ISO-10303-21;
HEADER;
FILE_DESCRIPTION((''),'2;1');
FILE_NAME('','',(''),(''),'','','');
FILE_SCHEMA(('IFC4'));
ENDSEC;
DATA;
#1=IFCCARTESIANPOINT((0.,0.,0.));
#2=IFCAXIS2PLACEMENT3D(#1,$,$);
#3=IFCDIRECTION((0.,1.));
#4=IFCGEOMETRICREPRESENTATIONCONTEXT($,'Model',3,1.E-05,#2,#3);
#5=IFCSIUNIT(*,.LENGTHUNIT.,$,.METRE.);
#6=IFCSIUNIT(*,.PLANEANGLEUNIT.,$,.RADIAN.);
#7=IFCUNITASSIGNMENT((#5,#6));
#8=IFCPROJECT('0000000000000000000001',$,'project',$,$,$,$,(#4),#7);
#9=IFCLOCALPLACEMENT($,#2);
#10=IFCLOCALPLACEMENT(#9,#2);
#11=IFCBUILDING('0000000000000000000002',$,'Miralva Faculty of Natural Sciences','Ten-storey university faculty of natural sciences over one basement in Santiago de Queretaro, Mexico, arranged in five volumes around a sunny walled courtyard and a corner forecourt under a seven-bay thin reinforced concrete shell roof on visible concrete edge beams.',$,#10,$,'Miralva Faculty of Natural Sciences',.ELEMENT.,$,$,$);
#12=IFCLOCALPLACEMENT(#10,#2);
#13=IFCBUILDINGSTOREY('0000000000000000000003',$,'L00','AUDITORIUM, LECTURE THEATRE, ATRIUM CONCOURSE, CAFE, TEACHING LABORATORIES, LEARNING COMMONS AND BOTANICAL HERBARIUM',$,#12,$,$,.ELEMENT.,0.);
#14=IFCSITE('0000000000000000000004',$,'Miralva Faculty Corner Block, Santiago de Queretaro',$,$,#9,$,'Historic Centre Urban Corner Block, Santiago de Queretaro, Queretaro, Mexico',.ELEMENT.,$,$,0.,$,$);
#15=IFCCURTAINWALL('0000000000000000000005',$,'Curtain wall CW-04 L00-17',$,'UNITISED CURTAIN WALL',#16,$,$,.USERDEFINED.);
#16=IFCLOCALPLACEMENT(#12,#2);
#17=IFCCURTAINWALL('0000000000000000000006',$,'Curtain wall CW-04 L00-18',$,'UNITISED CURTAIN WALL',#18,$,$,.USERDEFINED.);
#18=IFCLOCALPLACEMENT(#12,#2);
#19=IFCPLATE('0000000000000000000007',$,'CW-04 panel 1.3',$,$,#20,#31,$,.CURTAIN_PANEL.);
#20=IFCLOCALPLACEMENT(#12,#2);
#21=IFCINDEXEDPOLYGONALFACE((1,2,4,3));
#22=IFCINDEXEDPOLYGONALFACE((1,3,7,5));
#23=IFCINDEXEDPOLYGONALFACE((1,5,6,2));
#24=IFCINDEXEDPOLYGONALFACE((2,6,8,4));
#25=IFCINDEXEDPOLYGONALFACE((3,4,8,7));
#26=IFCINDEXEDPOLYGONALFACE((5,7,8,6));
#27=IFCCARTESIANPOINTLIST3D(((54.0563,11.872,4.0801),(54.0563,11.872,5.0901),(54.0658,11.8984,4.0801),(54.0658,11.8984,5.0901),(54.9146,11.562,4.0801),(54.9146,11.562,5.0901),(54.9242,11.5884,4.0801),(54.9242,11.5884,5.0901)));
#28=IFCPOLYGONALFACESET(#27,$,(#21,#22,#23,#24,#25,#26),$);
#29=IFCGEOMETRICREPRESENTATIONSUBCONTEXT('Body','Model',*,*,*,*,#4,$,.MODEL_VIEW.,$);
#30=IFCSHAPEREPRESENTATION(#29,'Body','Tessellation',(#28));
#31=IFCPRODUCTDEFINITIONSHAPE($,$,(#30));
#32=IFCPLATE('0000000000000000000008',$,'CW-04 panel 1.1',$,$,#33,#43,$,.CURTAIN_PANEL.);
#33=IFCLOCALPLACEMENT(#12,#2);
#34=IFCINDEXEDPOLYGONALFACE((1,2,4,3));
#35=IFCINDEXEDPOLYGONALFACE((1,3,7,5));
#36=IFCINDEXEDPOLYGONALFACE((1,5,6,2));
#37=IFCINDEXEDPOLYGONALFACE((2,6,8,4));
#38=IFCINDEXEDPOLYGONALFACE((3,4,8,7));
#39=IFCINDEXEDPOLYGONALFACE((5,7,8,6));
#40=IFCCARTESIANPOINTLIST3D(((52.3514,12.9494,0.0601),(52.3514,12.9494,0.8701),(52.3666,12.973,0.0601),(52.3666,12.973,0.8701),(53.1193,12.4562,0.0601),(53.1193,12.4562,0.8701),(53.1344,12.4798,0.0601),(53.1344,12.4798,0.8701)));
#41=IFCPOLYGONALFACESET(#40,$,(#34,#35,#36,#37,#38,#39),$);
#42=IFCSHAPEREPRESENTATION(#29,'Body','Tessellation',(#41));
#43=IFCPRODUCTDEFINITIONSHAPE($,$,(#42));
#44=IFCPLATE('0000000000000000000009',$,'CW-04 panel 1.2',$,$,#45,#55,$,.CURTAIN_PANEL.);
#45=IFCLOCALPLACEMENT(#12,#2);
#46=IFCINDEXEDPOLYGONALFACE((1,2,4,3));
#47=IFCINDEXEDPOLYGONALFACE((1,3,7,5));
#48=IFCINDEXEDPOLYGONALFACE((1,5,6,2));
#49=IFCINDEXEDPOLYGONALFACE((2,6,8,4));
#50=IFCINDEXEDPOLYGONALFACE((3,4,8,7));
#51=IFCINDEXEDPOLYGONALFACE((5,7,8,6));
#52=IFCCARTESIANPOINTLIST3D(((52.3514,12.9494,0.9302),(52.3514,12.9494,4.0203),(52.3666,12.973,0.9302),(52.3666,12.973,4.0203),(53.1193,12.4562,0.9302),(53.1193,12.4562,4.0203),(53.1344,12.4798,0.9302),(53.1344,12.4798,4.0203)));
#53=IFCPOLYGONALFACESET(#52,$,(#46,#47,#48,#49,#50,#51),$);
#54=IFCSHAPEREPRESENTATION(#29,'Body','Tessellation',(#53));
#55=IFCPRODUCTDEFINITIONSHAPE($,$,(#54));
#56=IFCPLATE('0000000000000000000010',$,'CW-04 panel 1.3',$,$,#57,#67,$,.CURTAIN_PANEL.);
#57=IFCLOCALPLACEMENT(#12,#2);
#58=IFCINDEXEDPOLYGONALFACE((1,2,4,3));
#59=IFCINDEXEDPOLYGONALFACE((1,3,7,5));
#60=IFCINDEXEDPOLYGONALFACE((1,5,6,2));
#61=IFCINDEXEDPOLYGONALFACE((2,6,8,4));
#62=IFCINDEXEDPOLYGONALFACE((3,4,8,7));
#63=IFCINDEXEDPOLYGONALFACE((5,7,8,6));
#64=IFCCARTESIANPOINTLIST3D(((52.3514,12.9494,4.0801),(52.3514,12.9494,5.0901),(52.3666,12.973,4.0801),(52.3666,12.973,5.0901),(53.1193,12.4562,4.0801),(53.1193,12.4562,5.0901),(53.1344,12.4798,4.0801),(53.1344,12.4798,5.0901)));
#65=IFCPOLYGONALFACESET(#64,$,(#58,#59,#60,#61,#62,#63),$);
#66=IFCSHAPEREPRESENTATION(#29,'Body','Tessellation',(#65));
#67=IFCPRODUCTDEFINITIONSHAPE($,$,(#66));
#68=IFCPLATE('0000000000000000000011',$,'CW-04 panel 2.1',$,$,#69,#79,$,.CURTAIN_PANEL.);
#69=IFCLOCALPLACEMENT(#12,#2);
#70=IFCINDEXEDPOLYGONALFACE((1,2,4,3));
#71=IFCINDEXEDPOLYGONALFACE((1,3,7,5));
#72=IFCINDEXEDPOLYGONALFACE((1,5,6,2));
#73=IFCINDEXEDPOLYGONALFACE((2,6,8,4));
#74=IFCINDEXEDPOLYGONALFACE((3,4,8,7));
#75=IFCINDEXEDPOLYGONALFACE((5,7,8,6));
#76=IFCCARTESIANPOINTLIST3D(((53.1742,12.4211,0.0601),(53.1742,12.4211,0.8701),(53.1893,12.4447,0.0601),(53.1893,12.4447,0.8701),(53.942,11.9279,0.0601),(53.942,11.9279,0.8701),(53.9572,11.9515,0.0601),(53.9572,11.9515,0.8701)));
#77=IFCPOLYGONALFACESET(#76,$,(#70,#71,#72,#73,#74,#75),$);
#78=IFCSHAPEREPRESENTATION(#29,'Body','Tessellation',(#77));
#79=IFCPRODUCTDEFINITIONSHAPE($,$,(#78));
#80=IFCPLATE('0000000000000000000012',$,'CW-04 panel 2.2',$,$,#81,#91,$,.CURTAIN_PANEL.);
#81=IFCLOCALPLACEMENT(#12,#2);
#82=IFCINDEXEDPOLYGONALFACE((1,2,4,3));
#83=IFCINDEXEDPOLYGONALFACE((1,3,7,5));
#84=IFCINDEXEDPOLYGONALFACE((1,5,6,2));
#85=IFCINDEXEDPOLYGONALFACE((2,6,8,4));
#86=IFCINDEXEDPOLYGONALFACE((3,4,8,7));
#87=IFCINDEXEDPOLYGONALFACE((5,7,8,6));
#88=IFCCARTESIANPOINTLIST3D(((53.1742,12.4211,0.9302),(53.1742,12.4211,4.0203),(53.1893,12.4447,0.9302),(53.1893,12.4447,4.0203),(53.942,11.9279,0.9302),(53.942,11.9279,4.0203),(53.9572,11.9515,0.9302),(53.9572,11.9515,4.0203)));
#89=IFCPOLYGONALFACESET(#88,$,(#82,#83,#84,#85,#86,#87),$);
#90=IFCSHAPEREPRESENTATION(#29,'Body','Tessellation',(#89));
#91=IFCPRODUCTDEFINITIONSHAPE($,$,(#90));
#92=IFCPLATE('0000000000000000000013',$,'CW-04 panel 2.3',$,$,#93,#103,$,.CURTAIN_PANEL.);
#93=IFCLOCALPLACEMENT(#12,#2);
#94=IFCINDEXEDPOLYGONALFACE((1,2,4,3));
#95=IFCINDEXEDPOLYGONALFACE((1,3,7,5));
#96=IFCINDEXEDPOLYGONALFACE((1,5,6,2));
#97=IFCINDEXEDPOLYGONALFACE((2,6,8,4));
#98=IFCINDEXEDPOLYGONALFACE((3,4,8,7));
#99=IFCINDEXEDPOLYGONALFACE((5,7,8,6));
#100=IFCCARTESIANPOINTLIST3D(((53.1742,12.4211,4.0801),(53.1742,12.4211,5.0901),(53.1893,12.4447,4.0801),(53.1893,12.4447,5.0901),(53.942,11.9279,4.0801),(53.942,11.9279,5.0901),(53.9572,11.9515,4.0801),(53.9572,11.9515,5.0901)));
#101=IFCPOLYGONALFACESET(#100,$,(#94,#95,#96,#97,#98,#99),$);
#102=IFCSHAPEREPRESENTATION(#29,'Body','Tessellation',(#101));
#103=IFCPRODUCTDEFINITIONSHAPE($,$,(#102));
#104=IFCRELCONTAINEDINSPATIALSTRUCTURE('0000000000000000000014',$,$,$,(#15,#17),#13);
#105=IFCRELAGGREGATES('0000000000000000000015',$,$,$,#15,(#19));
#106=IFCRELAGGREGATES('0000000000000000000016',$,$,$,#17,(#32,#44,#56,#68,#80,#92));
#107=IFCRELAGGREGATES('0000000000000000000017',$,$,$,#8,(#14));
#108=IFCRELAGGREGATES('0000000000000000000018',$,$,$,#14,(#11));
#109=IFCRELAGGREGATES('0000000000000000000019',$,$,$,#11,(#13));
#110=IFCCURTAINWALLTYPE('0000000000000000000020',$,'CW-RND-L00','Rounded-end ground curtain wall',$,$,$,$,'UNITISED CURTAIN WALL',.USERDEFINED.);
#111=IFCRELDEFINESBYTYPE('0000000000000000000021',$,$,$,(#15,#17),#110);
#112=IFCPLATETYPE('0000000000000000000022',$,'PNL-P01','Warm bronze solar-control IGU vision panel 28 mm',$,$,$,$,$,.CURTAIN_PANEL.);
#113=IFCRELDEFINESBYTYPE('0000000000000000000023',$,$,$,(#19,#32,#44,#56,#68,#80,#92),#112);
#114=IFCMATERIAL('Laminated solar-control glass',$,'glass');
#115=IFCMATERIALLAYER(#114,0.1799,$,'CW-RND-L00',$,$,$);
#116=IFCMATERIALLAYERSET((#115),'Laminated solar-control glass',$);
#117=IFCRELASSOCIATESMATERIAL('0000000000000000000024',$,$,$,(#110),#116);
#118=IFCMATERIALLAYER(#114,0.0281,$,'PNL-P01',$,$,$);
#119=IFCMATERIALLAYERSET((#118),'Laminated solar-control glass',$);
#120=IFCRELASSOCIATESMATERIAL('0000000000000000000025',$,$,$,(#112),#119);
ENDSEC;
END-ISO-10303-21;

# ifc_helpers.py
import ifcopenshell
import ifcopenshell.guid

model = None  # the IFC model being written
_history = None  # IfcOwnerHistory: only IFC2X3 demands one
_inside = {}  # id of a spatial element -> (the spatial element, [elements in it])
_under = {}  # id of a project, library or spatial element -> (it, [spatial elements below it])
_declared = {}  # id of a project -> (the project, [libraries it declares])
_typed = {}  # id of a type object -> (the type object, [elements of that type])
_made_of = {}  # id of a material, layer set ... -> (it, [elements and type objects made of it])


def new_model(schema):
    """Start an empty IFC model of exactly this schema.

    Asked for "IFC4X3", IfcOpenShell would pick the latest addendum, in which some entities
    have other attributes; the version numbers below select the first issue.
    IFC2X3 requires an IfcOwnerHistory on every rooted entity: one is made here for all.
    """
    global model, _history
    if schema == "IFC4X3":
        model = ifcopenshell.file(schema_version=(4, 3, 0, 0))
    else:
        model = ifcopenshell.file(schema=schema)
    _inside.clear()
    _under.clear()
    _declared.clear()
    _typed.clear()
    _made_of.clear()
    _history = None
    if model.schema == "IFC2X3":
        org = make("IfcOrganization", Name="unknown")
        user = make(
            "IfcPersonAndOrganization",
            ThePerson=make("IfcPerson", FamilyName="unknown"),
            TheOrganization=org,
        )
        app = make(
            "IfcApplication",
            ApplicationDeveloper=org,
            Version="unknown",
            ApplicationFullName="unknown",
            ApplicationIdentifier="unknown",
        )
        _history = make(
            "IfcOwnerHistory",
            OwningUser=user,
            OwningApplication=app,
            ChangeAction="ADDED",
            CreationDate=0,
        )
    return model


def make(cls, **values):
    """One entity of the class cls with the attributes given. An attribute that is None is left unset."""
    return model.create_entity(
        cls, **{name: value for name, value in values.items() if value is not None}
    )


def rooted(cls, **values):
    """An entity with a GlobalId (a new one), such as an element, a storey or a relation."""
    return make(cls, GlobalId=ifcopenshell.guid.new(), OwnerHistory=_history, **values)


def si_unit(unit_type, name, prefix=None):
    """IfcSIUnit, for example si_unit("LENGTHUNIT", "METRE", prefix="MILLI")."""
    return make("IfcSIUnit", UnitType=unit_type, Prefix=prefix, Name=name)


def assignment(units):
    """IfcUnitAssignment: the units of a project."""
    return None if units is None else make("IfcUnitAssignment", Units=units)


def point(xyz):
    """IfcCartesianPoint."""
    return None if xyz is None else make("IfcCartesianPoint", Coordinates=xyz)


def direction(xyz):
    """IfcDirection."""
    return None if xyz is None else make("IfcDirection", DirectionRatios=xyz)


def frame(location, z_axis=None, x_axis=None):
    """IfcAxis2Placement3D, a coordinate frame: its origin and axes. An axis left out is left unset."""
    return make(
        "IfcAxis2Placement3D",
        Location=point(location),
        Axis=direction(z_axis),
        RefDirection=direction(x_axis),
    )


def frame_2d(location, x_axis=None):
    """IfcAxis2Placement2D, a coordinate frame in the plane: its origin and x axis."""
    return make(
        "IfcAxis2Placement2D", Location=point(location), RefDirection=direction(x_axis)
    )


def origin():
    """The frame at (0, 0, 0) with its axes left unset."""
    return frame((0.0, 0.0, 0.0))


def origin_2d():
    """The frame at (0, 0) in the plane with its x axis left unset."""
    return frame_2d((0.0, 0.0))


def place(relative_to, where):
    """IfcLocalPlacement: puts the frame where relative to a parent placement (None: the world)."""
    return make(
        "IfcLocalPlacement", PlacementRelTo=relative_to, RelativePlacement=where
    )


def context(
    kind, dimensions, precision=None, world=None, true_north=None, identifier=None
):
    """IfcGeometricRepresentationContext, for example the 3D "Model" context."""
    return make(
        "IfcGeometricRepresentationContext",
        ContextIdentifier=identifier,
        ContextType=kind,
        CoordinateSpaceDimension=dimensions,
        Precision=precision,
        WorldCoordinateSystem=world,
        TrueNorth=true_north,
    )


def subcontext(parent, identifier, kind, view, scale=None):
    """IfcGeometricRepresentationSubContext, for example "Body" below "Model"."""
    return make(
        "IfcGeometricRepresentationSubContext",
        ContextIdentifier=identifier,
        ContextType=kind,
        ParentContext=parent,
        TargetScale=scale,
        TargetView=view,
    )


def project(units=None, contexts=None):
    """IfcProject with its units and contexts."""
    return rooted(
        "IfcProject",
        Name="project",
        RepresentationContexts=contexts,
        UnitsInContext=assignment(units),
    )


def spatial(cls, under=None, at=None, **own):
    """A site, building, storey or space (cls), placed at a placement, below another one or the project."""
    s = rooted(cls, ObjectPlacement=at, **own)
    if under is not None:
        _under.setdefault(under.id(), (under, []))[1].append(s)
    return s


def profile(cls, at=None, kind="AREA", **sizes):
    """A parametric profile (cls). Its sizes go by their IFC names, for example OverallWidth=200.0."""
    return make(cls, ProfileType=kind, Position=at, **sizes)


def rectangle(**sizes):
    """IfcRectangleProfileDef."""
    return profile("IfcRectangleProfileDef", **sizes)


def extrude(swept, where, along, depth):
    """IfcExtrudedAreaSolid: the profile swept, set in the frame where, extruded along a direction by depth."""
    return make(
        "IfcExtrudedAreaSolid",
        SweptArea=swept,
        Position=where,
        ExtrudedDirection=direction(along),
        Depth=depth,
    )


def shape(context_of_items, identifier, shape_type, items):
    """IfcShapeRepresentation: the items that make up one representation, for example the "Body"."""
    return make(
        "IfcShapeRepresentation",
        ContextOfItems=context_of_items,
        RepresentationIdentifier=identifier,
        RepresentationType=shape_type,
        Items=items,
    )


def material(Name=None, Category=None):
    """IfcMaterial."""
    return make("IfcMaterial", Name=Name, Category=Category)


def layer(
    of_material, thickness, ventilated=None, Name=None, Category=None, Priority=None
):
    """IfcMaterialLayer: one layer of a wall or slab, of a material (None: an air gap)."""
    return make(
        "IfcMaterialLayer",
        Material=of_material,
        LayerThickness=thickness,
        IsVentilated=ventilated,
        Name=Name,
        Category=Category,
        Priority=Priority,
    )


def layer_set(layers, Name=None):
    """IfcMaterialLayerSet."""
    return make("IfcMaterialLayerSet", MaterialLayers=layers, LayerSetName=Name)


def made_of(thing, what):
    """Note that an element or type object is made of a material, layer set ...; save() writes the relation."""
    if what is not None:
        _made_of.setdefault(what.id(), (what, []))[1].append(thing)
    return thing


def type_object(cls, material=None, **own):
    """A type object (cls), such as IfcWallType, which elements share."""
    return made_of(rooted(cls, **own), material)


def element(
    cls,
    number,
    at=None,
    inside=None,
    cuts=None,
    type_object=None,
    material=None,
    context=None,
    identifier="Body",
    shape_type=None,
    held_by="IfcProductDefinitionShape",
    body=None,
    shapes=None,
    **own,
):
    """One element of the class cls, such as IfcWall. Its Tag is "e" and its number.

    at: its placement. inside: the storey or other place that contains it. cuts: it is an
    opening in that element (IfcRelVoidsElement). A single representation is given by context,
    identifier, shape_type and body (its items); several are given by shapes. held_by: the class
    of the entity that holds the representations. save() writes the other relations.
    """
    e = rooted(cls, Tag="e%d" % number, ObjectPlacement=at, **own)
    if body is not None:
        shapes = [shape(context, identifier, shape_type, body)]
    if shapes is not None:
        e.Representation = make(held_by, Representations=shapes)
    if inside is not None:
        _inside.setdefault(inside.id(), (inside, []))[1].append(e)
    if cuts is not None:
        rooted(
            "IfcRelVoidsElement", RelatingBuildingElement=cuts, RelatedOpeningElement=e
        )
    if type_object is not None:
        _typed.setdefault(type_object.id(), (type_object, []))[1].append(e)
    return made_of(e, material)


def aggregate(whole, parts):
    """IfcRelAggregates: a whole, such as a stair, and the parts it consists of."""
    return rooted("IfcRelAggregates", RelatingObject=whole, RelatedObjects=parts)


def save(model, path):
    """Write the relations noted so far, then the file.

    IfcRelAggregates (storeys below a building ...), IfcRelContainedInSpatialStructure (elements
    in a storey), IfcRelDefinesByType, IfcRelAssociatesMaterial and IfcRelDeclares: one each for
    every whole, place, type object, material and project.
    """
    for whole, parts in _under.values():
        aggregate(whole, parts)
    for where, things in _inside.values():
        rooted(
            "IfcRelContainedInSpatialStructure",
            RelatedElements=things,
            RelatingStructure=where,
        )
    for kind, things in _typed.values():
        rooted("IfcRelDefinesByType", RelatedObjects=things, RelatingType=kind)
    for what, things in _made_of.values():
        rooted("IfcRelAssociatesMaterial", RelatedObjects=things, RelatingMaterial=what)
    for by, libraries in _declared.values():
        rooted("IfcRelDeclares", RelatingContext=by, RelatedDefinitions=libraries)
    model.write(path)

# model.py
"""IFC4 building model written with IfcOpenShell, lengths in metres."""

from ifc_helpers import new_model, si_unit, direction, frame, origin, origin_2d, place, context, subcontext, project, spatial, rectangle, extrude, material, layer, layer_set, type_object, element, aggregate, save


model = new_model("IFC4")

# Units and contexts
model_context = context("Model", 3, precision=1e-05, world=origin(), true_north=direction((0.0, 1.0)))
body_context = subcontext(model_context, "Body", "Model", "MODEL_VIEW")
ifc_project = project(units=[si_unit("LENGTHUNIT", "METRE"), si_unit("PLANEANGLEUNIT", "RADIAN")], contexts=[model_context])

# Site, building, storey
site_placement = place(None, origin())
site = spatial("IfcSite", under=ifc_project, at=site_placement, Name="Miralva Faculty Corner Block, Santiago de Queretaro", LongName="Historic Centre Urban Corner Block, Santiago de Queretaro, Queretaro, Mexico", CompositionType="ELEMENT", RefElevation=0.0)
building_placement = place(site_placement, origin())
building = spatial("IfcBuilding", under=site, at=building_placement, Name="Miralva Faculty of Natural Sciences", Description="Ten-storey university faculty of natural sciences over one basement in Santiago de Queretaro, Mexico, arranged in five volumes around a sunny walled courtyard and a corner forecourt under a seven-bay thin reinforced concrete shell roof on visible concrete edge beams.", LongName="Miralva Faculty of Natural Sciences", CompositionType="ELEMENT")
storey_placement = place(building_placement, origin())
storey = spatial("IfcBuildingStorey", under=building, at=storey_placement, Name="L00", Description="AUDITORIUM, LECTURE THEATRE, ATRIUM CONCOURSE, CAFE, TEACHING LABORATORIES, LEARNING COMMONS AND BOTANICAL HERBARIUM", CompositionType="ELEMENT", Elevation=0.0)

# Curtain walls
ifc_material_1 = material(Name="Laminated solar-control glass", Category="glass")
ifc_layer_1 = layer(ifc_material_1, 0.1799, Name="CW-RND-L00")
ifc_layer_set_1 = layer_set([ifc_layer_1], Name="Laminated solar-control glass")
curtain_wall_type = type_object("IfcCurtainWallType", Name="CW-RND-L00", Description="Rounded-end ground curtain wall", ElementType="UNITISED CURTAIN WALL", PredefinedType="USERDEFINED", material=ifc_layer_set_1)
curtain_wall_1_placement = place(storey_placement, origin())
curtain_wall_1 = element("IfcCurtainWall", 1, at=curtain_wall_1_placement, inside=storey, type_object=curtain_wall_type, Name="Curtain wall CW-04 L00-17", ObjectType="UNITISED CURTAIN WALL", PredefinedType="USERDEFINED")
curtain_wall_2_placement = place(storey_placement, origin())
curtain_wall_2 = element("IfcCurtainWall", 2, at=curtain_wall_2_placement, inside=storey, type_object=curtain_wall_type, Name="Curtain wall CW-04 L00-18", ObjectType="UNITISED CURTAIN WALL", PredefinedType="USERDEFINED")

# Plates
ifc_layer_2 = layer(ifc_material_1, 0.0281, Name="PNL-P01")
ifc_layer_set_2 = layer_set([ifc_layer_2], Name="Laminated solar-control glass")
plate_type_1 = type_object("IfcPlateType", Name="PNL-P01", Description="Warm bronze solar-control IGU vision panel 28 mm", PredefinedType="CURTAIN_PANEL", material=ifc_layer_set_2)
plate_1_placement = place(storey_placement, frame((54.4902, 11.7302, 4.0801), z_axis=(0.0, 0.0, 1.0), x_axis=(0.940535, -0.339696, 0.0)))
plate_1 = element("IfcPlate", 3, at=plate_1_placement, type_object=plate_type_1, Name="CW-04 panel 1.3", PredefinedType="CURTAIN_PANEL", context=body_context, shape_type="SweptSolid", body=[
    extrude(rectangle(XDim=0.9126, YDim=0.0281, at=origin_2d()), origin(), (0.0, 0.0, 1.0), 1.01),
])
aggregate(curtain_wall_1, [plate_1])
plate_2_placement = place(storey_placement, frame((52.7429, 12.7146, 0.0601), z_axis=(0.0, 0.0, 1.0), x_axis=(0.841379, -0.540445, 0.0)))
plate_2 = element("IfcPlate", 4, at=plate_2_placement, type_object=plate_type_1, Name="CW-04 panel 1.1", PredefinedType="CURTAIN_PANEL", context=body_context, shape_type="SweptSolid", body=[
    extrude(rectangle(XDim=0.9126, YDim=0.0281, at=origin_2d()), origin(), (0.0, 0.0, 1.0), 0.8101),
])
plate_3_placement = place(storey_placement, frame((52.7429, 12.7146, 0.9302), z_axis=(0.0, 0.0, 1.0), x_axis=(0.841379, -0.540445, 0.0)))
plate_3 = element("IfcPlate", 5, at=plate_3_placement, type_object=plate_type_1, Name="CW-04 panel 1.2", PredefinedType="CURTAIN_PANEL", context=body_context, shape_type="SweptSolid", body=[
    extrude(rectangle(XDim=0.9126, YDim=0.0281, at=origin_2d()), origin(), (0.0, 0.0, 1.0), 3.0901),
])
plate_4_placement = place(storey_placement, frame((52.7429, 12.7146, 4.0801), z_axis=(0.0, 0.0, 1.0), x_axis=(0.841379, -0.540445, 0.0)))
plate_4 = element("IfcPlate", 6, at=plate_4_placement, type_object=plate_type_1, Name="CW-04 panel 1.3", PredefinedType="CURTAIN_PANEL", context=body_context, shape_type="SweptSolid", body=[
    extrude(rectangle(XDim=0.9126, YDim=0.0281, at=origin_2d()), origin(), (0.0, 0.0, 1.0), 1.01),
])
plate_5_placement = place(storey_placement, frame((53.5657, 12.1863, 0.0601), z_axis=(0.0, 0.0, 1.0), x_axis=(0.841379, -0.540445, 0.0)))
plate_5 = element("IfcPlate", 7, at=plate_5_placement, type_object=plate_type_1, Name="CW-04 panel 2.1", PredefinedType="CURTAIN_PANEL", context=body_context, shape_type="SweptSolid", body=[
    extrude(rectangle(XDim=0.9126, YDim=0.0281, at=origin_2d()), origin(), (0.0, 0.0, 1.0), 0.8101),
])
plate_6_placement = place(storey_placement, frame((53.5657, 12.1863, 0.9302), z_axis=(0.0, 0.0, 1.0), x_axis=(0.841379, -0.540445, 0.0)))
plate_6 = element("IfcPlate", 8, at=plate_6_placement, type_object=plate_type_1, Name="CW-04 panel 2.2", PredefinedType="CURTAIN_PANEL", context=body_context, shape_type="SweptSolid", body=[
    extrude(rectangle(XDim=0.9126, YDim=0.0281, at=origin_2d()), origin(), (0.0, 0.0, 1.0), 3.0901),
])
plate_7_placement = place(storey_placement, frame((53.5657, 12.1863, 4.0801), z_axis=(0.0, 0.0, 1.0), x_axis=(0.841379, -0.540445, 0.0)))
plate_7 = element("IfcPlate", 9, at=plate_7_placement, type_object=plate_type_1, Name="CW-04 panel 2.3", PredefinedType="CURTAIN_PANEL", context=body_context, shape_type="SweptSolid", body=[
    extrude(rectangle(XDim=0.9126, YDim=0.0281, at=origin_2d()), origin(), (0.0, 0.0, 1.0), 1.01),
])
aggregate(curtain_wall_2, [plate_2, plate_3, plate_4, plate_5, plate_6, plate_7])

save(model, "model.ifc")
